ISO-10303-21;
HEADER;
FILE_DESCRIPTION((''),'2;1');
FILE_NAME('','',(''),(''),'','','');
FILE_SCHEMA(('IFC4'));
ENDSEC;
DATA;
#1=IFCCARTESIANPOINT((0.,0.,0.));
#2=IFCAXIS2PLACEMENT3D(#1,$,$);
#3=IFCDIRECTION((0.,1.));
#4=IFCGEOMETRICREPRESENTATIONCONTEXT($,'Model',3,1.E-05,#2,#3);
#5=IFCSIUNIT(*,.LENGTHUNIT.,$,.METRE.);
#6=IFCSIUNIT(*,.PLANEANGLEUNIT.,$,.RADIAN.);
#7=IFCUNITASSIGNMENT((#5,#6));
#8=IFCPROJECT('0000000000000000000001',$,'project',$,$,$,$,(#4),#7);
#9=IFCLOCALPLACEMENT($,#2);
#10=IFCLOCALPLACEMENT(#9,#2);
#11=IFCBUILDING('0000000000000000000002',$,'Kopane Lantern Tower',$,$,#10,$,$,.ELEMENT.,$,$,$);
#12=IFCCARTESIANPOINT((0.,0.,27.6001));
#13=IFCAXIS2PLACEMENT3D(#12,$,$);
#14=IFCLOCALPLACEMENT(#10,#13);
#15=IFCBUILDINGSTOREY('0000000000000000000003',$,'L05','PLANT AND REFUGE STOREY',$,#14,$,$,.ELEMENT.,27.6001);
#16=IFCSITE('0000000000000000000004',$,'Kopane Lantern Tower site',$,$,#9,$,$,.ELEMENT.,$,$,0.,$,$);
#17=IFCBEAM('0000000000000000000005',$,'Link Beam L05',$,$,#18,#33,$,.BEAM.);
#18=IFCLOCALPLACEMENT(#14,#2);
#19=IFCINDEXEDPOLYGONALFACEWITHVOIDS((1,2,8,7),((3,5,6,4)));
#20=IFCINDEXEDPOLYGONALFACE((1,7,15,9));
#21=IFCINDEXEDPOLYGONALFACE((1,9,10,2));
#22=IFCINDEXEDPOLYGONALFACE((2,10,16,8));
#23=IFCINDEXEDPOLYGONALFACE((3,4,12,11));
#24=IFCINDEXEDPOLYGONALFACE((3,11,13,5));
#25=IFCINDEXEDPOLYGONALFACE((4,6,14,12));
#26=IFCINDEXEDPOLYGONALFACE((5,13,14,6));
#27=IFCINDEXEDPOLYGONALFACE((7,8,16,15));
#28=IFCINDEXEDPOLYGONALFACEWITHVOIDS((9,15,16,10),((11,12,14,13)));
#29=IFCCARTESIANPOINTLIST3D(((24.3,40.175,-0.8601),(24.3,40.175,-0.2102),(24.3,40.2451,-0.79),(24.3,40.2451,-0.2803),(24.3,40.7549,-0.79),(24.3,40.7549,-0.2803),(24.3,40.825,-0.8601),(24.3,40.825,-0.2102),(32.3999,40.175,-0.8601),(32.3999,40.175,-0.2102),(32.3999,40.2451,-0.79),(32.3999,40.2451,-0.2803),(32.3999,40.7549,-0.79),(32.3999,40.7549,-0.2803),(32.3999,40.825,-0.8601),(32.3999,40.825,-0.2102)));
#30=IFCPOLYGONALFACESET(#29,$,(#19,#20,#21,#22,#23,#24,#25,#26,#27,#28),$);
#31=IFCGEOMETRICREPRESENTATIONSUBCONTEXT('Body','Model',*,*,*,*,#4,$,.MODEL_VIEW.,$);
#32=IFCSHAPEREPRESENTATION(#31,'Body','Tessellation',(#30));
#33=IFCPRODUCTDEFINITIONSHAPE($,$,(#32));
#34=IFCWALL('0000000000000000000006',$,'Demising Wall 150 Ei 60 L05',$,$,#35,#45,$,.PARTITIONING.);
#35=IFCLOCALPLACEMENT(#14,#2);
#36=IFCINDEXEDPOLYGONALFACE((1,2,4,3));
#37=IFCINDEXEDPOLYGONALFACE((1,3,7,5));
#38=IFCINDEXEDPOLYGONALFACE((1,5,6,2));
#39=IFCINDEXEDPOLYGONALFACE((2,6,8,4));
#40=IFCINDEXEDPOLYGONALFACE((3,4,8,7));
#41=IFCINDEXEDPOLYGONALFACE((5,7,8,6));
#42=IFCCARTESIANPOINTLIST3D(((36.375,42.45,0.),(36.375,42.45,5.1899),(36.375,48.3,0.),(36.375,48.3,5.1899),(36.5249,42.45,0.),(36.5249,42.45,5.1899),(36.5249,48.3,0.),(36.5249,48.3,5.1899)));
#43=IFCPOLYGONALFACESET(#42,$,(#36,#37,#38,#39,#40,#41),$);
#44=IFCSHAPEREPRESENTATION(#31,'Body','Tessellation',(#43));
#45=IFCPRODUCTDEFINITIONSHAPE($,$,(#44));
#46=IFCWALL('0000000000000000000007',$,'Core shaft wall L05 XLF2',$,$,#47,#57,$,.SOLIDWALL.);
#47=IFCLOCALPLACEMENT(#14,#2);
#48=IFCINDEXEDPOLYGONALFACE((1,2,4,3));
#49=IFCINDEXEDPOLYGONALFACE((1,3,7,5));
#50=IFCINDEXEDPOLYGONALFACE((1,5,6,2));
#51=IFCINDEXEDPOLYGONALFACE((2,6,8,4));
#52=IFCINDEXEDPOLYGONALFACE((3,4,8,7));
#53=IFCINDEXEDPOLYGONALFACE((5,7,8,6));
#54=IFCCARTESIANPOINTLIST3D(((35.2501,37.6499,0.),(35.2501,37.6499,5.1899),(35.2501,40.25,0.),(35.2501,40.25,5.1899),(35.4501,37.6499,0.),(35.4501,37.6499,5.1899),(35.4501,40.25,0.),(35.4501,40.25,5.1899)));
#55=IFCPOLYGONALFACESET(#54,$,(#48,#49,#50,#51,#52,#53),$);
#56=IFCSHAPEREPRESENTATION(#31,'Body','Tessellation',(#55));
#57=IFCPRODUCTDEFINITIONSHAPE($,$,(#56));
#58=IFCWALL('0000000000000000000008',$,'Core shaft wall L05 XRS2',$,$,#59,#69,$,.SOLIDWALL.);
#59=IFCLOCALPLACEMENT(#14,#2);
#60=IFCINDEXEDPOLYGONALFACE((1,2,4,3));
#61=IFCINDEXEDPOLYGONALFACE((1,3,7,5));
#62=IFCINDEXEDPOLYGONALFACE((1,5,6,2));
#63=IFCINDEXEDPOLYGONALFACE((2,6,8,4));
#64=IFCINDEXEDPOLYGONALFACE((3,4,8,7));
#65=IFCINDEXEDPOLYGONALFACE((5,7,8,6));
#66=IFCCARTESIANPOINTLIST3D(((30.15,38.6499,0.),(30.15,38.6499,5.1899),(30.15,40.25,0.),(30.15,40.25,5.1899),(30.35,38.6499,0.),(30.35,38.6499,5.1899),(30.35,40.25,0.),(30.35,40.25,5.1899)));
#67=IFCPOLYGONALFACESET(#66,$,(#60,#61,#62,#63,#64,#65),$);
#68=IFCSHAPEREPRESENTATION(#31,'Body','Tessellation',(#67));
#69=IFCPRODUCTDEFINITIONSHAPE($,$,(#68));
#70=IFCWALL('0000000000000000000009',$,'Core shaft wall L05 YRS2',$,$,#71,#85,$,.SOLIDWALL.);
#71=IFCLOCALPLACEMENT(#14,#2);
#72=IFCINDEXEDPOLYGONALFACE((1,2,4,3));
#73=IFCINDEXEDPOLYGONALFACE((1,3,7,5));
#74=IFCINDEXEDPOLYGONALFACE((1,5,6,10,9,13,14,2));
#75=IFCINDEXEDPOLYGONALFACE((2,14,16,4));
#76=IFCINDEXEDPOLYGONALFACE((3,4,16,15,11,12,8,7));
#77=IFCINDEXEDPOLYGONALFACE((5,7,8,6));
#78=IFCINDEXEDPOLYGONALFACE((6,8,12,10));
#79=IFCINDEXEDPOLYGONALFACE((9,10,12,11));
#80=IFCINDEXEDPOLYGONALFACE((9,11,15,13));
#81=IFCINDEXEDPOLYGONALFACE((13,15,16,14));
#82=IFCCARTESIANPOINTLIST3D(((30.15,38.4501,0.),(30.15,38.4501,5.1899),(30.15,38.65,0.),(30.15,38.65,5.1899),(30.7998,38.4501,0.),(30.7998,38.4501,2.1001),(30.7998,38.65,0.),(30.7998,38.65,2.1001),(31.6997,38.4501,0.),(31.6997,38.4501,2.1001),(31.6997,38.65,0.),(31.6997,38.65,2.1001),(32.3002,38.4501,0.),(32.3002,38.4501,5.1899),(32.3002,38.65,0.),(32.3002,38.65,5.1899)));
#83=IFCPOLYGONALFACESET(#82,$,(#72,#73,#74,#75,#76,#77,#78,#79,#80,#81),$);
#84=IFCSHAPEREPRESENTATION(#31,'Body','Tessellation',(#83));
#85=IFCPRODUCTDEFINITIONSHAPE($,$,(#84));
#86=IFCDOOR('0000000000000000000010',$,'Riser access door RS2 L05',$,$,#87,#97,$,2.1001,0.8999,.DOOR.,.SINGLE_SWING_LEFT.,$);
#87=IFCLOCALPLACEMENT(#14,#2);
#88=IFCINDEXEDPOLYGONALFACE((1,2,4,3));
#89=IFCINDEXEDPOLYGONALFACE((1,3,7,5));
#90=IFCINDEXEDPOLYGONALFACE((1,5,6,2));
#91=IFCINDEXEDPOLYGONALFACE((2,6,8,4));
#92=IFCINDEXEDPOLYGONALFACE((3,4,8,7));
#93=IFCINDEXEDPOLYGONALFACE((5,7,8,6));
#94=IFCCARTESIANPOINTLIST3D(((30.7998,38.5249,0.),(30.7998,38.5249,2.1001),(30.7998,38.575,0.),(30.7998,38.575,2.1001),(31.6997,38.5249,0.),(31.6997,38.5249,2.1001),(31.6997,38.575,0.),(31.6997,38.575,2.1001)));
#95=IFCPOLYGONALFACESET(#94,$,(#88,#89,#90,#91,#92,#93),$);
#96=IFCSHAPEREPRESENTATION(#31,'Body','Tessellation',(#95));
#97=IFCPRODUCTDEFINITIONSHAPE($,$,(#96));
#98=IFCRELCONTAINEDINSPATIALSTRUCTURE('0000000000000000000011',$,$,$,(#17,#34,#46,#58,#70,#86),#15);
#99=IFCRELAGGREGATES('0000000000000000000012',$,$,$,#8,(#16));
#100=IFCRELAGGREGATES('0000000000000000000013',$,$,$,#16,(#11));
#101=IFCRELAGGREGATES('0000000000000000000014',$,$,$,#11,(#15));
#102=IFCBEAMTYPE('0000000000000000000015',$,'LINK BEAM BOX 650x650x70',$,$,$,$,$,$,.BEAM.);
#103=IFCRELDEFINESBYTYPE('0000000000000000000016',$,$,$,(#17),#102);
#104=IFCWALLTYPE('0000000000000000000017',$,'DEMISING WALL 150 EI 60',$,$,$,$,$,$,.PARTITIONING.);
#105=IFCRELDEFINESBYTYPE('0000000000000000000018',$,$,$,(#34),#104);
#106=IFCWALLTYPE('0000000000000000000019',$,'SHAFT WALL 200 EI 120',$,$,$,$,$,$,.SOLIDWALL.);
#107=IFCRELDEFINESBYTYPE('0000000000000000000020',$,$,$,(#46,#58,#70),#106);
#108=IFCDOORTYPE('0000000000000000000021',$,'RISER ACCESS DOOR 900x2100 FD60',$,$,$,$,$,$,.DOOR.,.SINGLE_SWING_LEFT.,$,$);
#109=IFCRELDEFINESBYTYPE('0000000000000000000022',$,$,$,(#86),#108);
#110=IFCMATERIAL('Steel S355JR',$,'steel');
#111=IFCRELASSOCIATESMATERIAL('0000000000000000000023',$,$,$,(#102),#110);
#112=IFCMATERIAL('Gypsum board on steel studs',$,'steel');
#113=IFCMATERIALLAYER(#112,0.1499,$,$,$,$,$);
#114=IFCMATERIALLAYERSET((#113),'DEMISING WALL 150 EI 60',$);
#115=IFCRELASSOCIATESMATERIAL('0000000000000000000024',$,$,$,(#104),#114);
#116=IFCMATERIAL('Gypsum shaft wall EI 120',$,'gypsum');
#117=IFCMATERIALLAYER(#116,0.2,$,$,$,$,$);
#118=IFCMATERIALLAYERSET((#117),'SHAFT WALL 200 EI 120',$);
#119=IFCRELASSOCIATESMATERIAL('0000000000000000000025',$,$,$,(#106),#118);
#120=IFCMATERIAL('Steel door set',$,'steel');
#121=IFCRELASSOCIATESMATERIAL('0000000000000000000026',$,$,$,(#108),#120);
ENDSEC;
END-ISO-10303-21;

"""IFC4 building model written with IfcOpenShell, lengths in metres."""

from ifc_helpers import new_model, si_unit, direction, frame, frame_2d, origin, origin_2d, place, context, subcontext, project, spatial, rectangle, hollow_rectangle, extrude, material, layer, layer_set, material_profile, profile_set, type_object, element, fill, save


model = new_model("IFC4")

# Units and contexts
model_context = context("Model", 3, precision=1e-05, world=origin(), true_north=direction((0.0, 1.0)))
body_context = subcontext(model_context, "Body", "Model", "MODEL_VIEW")
ifc_project = project(units=[si_unit("LENGTHUNIT", "METRE"), si_unit("PLANEANGLEUNIT", "RADIAN")], contexts=[model_context])

# Site, building, storey
site_placement = place(None, origin())
site = spatial("IfcSite", under=ifc_project, at=site_placement, Name="Kopane Lantern Tower site", CompositionType="ELEMENT", RefElevation=0.0)
building_placement = place(site_placement, origin())
building = spatial("IfcBuilding", under=site, at=building_placement, Name="Kopane Lantern Tower", CompositionType="ELEMENT")
storey_placement = place(building_placement, frame((0.0, 0.0, 27.6001)))
storey = spatial("IfcBuildingStorey", under=building, at=storey_placement, Name="L05", Description="PLANT AND REFUGE STOREY", CompositionType="ELEMENT", Elevation=27.6001)

# Beam
ifc_material_1 = material(Name="Steel S355JR", Category="steel")
ifc_material_profile_1 = material_profile(ifc_material_1, hollow_rectangle(XDim=0.6499, YDim=0.6499, WallThickness=0.0701, at=origin_2d()), Name="BOX 650x650x70")
ifc_profile_set_1 = profile_set([ifc_material_profile_1], Name="Steel S355JR")
beam_type_1 = type_object("IfcBeamType", Name="LINK BEAM BOX 650x650x70", PredefinedType="BEAM", material=ifc_profile_set_1)
beam_1_placement = place(storey_placement, frame((24.3, 40.5, -0.5352), z_axis=(1.0, 0.0, 0.0), x_axis=(0.0, 1.0, 0.0)))
element("IfcBeam", 1, at=beam_1_placement, inside=storey, type_object=beam_type_1, Name="Link Beam L05", PredefinedType="BEAM", context=body_context, shape_type="SweptSolid", body=[
    extrude(hollow_rectangle(XDim=0.6499, YDim=0.6499, WallThickness=0.0701, at=origin_2d()), origin(), (0.0, 0.0, 1.0), 8.0999),
])

# Walls
ifc_material_2 = material(Name="Gypsum board on steel studs", Category="steel")
ifc_layer_1 = layer(ifc_material_2, 0.1499)
ifc_layer_set_1 = layer_set([ifc_layer_1], Name="DEMISING WALL 150 EI 60")
wall_type_1 = type_object("IfcWallType", Name="DEMISING WALL 150 EI 60", PredefinedType="PARTITIONING", material=ifc_layer_set_1)
wall_1_placement = place(storey_placement, frame((36.45, 42.45, 0.0), z_axis=(0.0, 0.0, 1.0), x_axis=(0.0, 1.0, 0.0)))
element("IfcWall", 2, at=wall_1_placement, inside=storey, type_object=wall_type_1, Name="Demising Wall 150 Ei 60 L05", PredefinedType="PARTITIONING", context=body_context, shape_type="SweptSolid", body=[
    extrude(rectangle(XDim=5.8501, YDim=0.1499, at=frame_2d((2.925, 0.0))), origin(), (0.0, 0.0, 1.0), 5.1899),
])
ifc_material_3 = material(Name="Gypsum shaft wall EI 120", Category="gypsum")
ifc_layer_2 = layer(ifc_material_3, 0.2)
ifc_layer_set_2 = layer_set([ifc_layer_2], Name="SHAFT WALL 200 EI 120")
wall_type_2 = type_object("IfcWallType", Name="SHAFT WALL 200 EI 120", PredefinedType="SOLIDWALL", material=ifc_layer_set_2)
wall_2_placement = place(storey_placement, frame((35.3501, 37.6499, 0.0), z_axis=(0.0, 0.0, 1.0), x_axis=(0.0, 1.0, 0.0)))
element("IfcWall", 3, at=wall_2_placement, inside=storey, type_object=wall_type_2, Name="Core shaft wall L05 XLF2", PredefinedType="SOLIDWALL", context=body_context, shape_type="SweptSolid", body=[
    extrude(rectangle(XDim=2.6001, YDim=0.2, at=frame_2d((1.3, 0.0))), origin(), (0.0, 0.0, 1.0), 5.1899),
])
wall_3_placement = place(storey_placement, frame((30.25, 38.6499, 0.0), z_axis=(0.0, 0.0, 1.0), x_axis=(0.0, 1.0, 0.0)))
element("IfcWall", 4, at=wall_3_placement, inside=storey, type_object=wall_type_2, Name="Core shaft wall L05 XRS2", PredefinedType="SOLIDWALL", context=body_context, shape_type="SweptSolid", body=[
    extrude(rectangle(XDim=1.6001, YDim=0.2, at=frame_2d((0.8, 0.0))), origin(), (0.0, 0.0, 1.0), 5.1899),
])

# Wall, opening, door
wall_4_placement = place(storey_placement, frame((30.1499, 38.55, 0.0), z_axis=(0.0, 0.0, 1.0), x_axis=(1.0, 0.0, 0.0)))
wall_4 = element("IfcWall", 5, at=wall_4_placement, inside=storey, type_object=wall_type_2, Name="Core shaft wall L05 YRS2", PredefinedType="SOLIDWALL", context=body_context, shape_type="SweptSolid", body=[
    extrude(rectangle(XDim=2.1501, YDim=0.2, at=frame_2d((1.0752, 0.0))), origin(), (0.0, 0.0, 1.0), 5.1899),
])
opening_placement = place(wall_4_placement, frame((0.6499, 0.0, 0.0)))
opening = element("IfcOpeningElement", 6, at=opening_placement, cuts=wall_4, PredefinedType="OPENING", context=body_context, shape_type="SweptSolid", body=[
    extrude(rectangle(XDim=0.8999, YDim=2.1001, at=frame_2d((0.45, 1.05))), frame((0.0, 0.1099, 0.0), z_axis=(0.0, -1.0, 0.0), x_axis=(1.0, 0.0, 0.0)), (0.0, 0.0, 1.0), 0.22),
])
ifc_material_4 = material(Name="Steel door set", Category="steel")
door_type = type_object("IfcDoorType", Name="RISER ACCESS DOOR 900x2100 FD60", OperationType="SINGLE_SWING_LEFT", PredefinedType="DOOR", material=ifc_material_4)
door_placement = place(opening_placement, origin())
door = element("IfcDoor", 7, at=door_placement, inside=storey, type_object=door_type, Name="Riser access door RS2 L05", OperationType="SINGLE_SWING_LEFT", OverallHeight=2.1001, OverallWidth=0.8999, PredefinedType="DOOR", context=body_context, shape_type="SweptSolid", body=[
    extrude(rectangle(XDim=0.8999, YDim=2.1001, at=frame_2d((0.45, 1.05))), frame((0.0, 0.0249, 0.0), z_axis=(0.0, -1.0, 0.0), x_axis=(1.0, 0.0, 0.0)), (0.0, 0.0, 1.0), 0.05),
])
fill(opening, door)

save(model, "model.ifc")
